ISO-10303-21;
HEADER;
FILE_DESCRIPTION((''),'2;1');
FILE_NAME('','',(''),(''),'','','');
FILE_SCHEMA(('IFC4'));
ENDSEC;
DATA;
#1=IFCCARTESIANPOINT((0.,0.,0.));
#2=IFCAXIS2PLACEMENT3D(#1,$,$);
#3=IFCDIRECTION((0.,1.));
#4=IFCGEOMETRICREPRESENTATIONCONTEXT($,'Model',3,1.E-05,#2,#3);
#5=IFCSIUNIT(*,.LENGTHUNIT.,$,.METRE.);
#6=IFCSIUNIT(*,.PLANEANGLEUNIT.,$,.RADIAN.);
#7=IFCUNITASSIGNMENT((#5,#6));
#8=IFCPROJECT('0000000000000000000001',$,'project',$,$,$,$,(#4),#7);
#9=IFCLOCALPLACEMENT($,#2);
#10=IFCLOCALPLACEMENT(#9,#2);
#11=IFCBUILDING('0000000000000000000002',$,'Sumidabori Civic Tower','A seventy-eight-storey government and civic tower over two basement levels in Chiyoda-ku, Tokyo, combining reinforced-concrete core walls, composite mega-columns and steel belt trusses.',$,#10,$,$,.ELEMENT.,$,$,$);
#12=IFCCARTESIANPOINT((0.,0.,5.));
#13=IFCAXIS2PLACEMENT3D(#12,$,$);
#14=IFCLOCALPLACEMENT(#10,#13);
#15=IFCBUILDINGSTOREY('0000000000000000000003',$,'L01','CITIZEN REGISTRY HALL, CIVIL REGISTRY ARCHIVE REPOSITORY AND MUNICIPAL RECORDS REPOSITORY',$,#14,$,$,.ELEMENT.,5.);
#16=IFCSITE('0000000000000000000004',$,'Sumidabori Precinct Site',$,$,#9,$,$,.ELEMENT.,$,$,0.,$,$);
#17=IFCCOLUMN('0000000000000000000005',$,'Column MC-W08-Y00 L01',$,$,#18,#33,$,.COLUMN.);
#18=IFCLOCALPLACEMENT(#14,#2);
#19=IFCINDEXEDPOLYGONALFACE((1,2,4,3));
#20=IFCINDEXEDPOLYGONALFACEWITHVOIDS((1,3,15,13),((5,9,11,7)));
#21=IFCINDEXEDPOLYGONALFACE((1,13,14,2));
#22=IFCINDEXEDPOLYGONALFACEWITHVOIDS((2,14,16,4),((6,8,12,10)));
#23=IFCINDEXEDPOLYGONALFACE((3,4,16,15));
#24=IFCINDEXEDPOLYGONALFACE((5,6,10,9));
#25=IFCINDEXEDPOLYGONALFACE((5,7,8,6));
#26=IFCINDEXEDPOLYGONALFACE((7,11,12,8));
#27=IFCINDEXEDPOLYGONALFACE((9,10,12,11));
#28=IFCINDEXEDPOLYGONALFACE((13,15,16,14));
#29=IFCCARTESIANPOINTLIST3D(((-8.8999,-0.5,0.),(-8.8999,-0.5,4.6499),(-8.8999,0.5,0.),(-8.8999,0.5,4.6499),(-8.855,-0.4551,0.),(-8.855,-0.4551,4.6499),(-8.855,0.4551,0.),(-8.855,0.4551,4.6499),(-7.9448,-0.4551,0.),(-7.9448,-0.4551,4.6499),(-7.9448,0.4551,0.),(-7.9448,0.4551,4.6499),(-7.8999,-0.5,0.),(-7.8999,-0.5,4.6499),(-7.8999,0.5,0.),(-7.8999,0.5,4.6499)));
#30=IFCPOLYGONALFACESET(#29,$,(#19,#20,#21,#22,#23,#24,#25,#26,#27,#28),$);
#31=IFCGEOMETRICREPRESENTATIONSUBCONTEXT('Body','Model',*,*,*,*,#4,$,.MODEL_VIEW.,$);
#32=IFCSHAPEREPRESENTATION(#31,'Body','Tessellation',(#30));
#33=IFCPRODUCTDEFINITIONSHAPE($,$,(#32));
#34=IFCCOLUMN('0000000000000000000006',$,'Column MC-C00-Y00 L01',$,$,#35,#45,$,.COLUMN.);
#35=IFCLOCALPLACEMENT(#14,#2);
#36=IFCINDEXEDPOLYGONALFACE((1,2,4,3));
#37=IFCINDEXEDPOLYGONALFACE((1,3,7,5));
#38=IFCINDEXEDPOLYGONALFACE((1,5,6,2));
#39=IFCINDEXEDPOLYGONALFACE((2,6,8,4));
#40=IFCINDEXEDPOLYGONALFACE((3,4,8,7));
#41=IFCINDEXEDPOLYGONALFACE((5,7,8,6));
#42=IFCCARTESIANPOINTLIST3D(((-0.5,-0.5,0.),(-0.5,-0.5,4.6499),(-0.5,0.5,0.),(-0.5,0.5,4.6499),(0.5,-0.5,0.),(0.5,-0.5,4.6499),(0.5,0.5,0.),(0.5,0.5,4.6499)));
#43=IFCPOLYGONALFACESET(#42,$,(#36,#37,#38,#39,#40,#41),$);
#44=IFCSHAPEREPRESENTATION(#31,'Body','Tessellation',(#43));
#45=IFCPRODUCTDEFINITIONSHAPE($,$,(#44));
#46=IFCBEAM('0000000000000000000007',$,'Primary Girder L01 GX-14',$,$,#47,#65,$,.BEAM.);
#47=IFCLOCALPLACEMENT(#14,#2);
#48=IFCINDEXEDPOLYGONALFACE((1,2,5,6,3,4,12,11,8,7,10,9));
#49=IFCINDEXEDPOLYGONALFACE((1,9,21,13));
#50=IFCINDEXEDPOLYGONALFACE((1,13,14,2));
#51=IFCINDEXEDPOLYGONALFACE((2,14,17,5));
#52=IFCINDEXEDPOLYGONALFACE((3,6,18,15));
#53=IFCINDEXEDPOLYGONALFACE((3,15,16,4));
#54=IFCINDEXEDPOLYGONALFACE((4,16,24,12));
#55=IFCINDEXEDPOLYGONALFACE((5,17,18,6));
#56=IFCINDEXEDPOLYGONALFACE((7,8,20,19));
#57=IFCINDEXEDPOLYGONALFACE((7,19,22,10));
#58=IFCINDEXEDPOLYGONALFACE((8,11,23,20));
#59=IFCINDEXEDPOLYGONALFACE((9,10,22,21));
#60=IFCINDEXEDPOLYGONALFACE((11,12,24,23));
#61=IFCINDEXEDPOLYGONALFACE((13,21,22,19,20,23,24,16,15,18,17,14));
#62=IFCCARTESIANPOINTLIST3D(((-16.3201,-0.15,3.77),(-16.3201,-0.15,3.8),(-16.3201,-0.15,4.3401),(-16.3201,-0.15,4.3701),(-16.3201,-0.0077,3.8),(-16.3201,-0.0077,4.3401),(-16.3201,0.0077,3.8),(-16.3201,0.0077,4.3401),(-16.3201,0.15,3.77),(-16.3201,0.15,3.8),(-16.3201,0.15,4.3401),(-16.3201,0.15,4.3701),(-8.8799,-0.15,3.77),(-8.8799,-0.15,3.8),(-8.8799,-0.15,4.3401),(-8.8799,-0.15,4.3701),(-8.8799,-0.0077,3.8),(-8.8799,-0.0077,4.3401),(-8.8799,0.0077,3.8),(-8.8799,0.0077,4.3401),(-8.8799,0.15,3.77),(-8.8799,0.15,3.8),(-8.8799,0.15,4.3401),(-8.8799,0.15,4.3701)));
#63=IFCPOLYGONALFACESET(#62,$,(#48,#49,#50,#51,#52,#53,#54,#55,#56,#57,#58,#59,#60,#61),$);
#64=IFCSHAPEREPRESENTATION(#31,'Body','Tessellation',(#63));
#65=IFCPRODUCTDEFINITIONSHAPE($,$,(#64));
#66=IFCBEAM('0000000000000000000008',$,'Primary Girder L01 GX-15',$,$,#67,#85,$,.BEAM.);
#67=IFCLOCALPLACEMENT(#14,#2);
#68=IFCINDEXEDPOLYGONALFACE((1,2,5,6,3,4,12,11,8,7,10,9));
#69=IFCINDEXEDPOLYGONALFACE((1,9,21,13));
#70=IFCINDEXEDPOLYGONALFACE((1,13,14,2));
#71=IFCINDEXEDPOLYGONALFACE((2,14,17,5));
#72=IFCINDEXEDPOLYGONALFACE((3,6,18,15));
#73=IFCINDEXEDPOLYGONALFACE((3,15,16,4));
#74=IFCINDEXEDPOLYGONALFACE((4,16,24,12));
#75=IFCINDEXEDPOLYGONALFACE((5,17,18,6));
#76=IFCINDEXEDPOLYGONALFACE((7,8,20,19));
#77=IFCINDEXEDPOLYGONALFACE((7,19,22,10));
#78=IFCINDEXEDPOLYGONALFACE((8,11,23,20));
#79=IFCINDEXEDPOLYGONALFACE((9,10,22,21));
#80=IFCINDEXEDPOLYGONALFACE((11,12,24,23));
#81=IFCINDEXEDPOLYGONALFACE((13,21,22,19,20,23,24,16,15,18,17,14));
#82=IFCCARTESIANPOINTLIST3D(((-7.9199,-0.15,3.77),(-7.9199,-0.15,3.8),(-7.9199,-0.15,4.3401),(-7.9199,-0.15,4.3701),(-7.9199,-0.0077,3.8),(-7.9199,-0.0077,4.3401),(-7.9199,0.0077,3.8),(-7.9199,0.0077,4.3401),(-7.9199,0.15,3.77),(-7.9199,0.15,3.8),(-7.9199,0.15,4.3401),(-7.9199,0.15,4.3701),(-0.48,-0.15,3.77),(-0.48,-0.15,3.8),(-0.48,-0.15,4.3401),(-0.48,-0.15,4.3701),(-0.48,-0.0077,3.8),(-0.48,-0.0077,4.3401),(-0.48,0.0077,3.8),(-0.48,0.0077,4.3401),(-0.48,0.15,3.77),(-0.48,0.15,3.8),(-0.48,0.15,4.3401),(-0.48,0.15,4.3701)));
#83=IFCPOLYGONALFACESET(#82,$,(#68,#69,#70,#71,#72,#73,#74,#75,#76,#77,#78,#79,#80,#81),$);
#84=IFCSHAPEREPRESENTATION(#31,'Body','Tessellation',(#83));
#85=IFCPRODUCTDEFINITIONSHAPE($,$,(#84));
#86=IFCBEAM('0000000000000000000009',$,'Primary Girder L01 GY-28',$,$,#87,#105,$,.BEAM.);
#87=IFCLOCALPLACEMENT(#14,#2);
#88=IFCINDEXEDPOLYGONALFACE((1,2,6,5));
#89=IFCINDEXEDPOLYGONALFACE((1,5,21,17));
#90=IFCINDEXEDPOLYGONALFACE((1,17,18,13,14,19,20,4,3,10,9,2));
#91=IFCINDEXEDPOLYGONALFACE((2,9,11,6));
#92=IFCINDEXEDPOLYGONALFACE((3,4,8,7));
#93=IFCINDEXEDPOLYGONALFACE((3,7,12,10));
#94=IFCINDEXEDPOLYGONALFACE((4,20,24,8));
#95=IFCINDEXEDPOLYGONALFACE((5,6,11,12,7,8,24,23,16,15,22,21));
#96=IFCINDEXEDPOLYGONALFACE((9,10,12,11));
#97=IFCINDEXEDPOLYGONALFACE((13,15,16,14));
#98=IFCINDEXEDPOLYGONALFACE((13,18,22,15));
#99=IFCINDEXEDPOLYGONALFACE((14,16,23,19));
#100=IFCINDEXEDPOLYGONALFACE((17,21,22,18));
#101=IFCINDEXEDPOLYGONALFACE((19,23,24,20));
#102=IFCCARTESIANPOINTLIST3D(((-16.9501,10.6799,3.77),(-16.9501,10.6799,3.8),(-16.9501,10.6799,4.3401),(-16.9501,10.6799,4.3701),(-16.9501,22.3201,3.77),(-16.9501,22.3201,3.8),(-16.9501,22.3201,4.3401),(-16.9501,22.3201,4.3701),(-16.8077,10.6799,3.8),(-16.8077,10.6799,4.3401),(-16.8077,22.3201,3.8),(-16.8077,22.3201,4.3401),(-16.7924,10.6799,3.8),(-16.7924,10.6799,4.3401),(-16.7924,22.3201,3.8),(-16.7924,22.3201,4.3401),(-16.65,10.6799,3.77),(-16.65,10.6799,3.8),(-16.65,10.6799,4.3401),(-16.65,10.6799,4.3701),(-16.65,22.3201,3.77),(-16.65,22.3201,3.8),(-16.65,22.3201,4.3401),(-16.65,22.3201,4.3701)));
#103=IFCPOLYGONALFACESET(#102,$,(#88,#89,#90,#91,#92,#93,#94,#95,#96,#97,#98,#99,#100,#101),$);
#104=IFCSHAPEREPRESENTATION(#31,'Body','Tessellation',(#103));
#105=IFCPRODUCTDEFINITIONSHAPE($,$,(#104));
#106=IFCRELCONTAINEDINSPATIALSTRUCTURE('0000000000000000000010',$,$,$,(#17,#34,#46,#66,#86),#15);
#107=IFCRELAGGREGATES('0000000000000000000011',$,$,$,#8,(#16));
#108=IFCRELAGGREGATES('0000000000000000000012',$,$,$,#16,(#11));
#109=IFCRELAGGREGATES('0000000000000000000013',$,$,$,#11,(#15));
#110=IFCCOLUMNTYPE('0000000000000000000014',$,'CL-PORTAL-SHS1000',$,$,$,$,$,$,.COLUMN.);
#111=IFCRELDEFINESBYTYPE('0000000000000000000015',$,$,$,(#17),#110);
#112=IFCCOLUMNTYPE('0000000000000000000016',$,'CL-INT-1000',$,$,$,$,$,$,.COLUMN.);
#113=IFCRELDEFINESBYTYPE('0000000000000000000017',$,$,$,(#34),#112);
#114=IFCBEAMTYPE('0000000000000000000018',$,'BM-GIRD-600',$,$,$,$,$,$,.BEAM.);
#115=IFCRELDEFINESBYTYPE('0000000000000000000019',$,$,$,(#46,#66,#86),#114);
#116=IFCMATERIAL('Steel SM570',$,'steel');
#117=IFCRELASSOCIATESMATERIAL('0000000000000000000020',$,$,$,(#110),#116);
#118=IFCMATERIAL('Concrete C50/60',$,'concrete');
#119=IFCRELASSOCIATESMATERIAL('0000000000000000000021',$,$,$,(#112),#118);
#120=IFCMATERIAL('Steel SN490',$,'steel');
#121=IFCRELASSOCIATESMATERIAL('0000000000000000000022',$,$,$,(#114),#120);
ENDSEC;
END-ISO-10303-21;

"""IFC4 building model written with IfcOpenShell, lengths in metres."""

from ifc_helpers import new_model, si_unit, direction, frame, origin, origin_with_axes, origin_2d, place, context, subcontext, project, spatial, rectangle, hollow_rectangle, i_section, extrude, source, transform, mapped, material, material_profile, profile_set, type_object, element, save


model = new_model("IFC4")

# Units and contexts
model_context = context("Model", 3, precision=1e-05, world=origin(), true_north=direction((0.0, 1.0)))
body_context = subcontext(model_context, "Body", "Model", "MODEL_VIEW")
ifc_project = project(units=[si_unit("LENGTHUNIT", "METRE"), si_unit("PLANEANGLEUNIT", "RADIAN")], contexts=[model_context])

# Site, building, storey
site_placement = place(None, origin())
site = spatial("IfcSite", under=ifc_project, at=site_placement, Name="Sumidabori Precinct Site", CompositionType="ELEMENT", RefElevation=0.0)
building_placement = place(site_placement, origin())
building = spatial("IfcBuilding", under=site, at=building_placement, Name="Sumidabori Civic Tower", Description="A seventy-eight-storey government and civic tower over two basement levels in Chiyoda-ku, Tokyo, combining reinforced-concrete core walls, composite mega-columns and steel belt trusses.", CompositionType="ELEMENT")
storey_placement = place(building_placement, frame((0.0, 0.0, 5.0)))
storey = spatial("IfcBuildingStorey", under=building, at=storey_placement, Name="L01", Description="CITIZEN REGISTRY HALL, CIVIL REGISTRY ARCHIVE REPOSITORY AND MUNICIPAL RECORDS REPOSITORY", CompositionType="ELEMENT", Elevation=5.0)

# Columns
ifc_material_1 = material(Name="Steel SM570", Category="steel")
ifc_material_profile_1 = material_profile(ifc_material_1, hollow_rectangle(XDim=1.0, YDim=1.0, WallThickness=0.0449, at=origin_2d()), Name="SHS 1000x1000x45")
ifc_profile_set_1 = profile_set([ifc_material_profile_1], Name="Steel SM570")
column_type_1 = type_object("IfcColumnType", Name="CL-PORTAL-SHS1000", PredefinedType="COLUMN", material=ifc_profile_set_1)
shared_shape_1 = source(origin(), body_context, "Body", "SweptSolid", [
    extrude(hollow_rectangle(XDim=1.0, YDim=1.0, WallThickness=0.0449, at=origin_2d()), origin(), (0.0, 0.0, 1.0), 4.6499),
])
column_1_placement = place(storey_placement, frame((-8.3999, 0.0, 0.0), z_axis=(0.0, 0.0, 1.0), x_axis=(1.0, 0.0, 0.0)))
element("IfcColumn", 1, at=column_1_placement, inside=storey, type_object=column_type_1, Name="Column MC-W08-Y00 L01", PredefinedType="COLUMN", context=body_context, shape_type="MappedRepresentation", body=[
    mapped(shared_shape_1, transform((0.0, 0.0, 0.0), x_axis=(1.0, 0.0, 0.0), y_axis=(0.0, 1.0, 0.0), z_axis=(0.0, 0.0, 1.0), scale=1.0)),
])
ifc_material_2 = material(Name="Concrete C50/60", Category="concrete")
ifc_material_profile_2 = material_profile(ifc_material_2, rectangle(XDim=1.0, YDim=1.0, at=origin_2d()), Name="RC 1000x1000")
ifc_profile_set_2 = profile_set([ifc_material_profile_2], Name="Concrete C50/60")
column_type_2 = type_object("IfcColumnType", Name="CL-INT-1000", PredefinedType="COLUMN", material=ifc_profile_set_2)
shared_shape_2 = source(origin(), body_context, "Body", "SweptSolid", [
    extrude(rectangle(XDim=1.0, YDim=1.0, at=origin_2d()), origin(), (0.0, 0.0, 1.0), 4.6499),
])
column_2_placement = place(storey_placement, origin_with_axes())
element("IfcColumn", 2, at=column_2_placement, inside=storey, type_object=column_type_2, Name="Column MC-C00-Y00 L01", PredefinedType="COLUMN", context=body_context, shape_type="MappedRepresentation", body=[
    mapped(shared_shape_2, transform((0.0, 0.0, 0.0), x_axis=(1.0, 0.0, 0.0), y_axis=(0.0, 1.0, 0.0), z_axis=(0.0, 0.0, 1.0), scale=1.0)),
])

# Beams
ifc_material_3 = material(Name="Steel SN490", Category="steel")
ifc_material_profile_3 = material_profile(ifc_material_3, i_section(OverallWidth=0.3, OverallDepth=0.6001, WebThickness=0.0154, FlangeThickness=0.03, at=origin_2d()), Name="HE 600 B")
ifc_profile_set_3 = profile_set([ifc_material_profile_3], Name="Steel SN490")
beam_type = type_object("IfcBeamType", Name="BM-GIRD-600", PredefinedType="BEAM", material=ifc_profile_set_3)
shared_shape_3 = source(origin(), body_context, "Body", "SweptSolid", [
    extrude(i_section(OverallWidth=0.3, OverallDepth=0.6001, WebThickness=0.0154, FlangeThickness=0.03, at=origin_2d()), origin(), (0.0, 0.0, 1.0), 7.4402),
])
beam_1_placement = place(storey_placement, frame((-16.3201, 0.0, 4.0701), z_axis=(1.0, 0.0, 0.0), x_axis=(0.0, 1.0, 0.0)))
element("IfcBeam", 3, at=beam_1_placement, inside=storey, type_object=beam_type, Name="Primary Girder L01 GX-14", PredefinedType="BEAM", context=body_context, shape_type="MappedRepresentation", body=[
    mapped(shared_shape_3, transform((0.0, 0.0, 0.0), x_axis=(1.0, 0.0, 0.0), y_axis=(0.0, 1.0, 0.0), z_axis=(0.0, 0.0, 1.0), scale=1.0)),
])
shared_shape_4 = source(origin(), body_context, "Body", "SweptSolid", [
    extrude(i_section(OverallWidth=0.3, OverallDepth=0.6001, WebThickness=0.0154, FlangeThickness=0.03, at=origin_2d()), origin(), (0.0, 0.0, 1.0), 7.4399),
])
beam_2_placement = place(storey_placement, frame((-7.9199, 0.0, 4.0701), z_axis=(1.0, 0.0, 0.0), x_axis=(0.0, 1.0, 0.0)))
element("IfcBeam", 4, at=beam_2_placement, inside=storey, type_object=beam_type, Name="Primary Girder L01 GX-15", PredefinedType="BEAM", context=body_context, shape_type="MappedRepresentation", body=[
    mapped(shared_shape_4, transform((0.0, 0.0, 0.0), x_axis=(1.0, 0.0, 0.0), y_axis=(0.0, 1.0, 0.0), z_axis=(0.0, 0.0, 1.0), scale=1.0)),
])
shared_shape_5 = source(origin(), body_context, "Body", "SweptSolid", [
    extrude(i_section(OverallWidth=0.3, OverallDepth=0.6001, WebThickness=0.0154, FlangeThickness=0.03, at=origin_2d()), origin(), (0.0, 0.0, 1.0), 11.6401),
])
beam_3_placement = place(storey_placement, frame((-16.8, 10.6799, 4.0701), z_axis=(0.0, 1.0, 0.0), x_axis=(-1.0, 0.0, 0.0)))
element("IfcBeam", 5, at=beam_3_placement, inside=storey, type_object=beam_type, Name="Primary Girder L01 GY-28", PredefinedType="BEAM", context=body_context, shape_type="MappedRepresentation", body=[
    mapped(shared_shape_5, transform((0.0, 0.0, 0.0), x_axis=(1.0, 0.0, 0.0), y_axis=(0.0, 1.0, 0.0), z_axis=(0.0, 0.0, 1.0), scale=1.0)),
])

save(model, "model.ifc")
